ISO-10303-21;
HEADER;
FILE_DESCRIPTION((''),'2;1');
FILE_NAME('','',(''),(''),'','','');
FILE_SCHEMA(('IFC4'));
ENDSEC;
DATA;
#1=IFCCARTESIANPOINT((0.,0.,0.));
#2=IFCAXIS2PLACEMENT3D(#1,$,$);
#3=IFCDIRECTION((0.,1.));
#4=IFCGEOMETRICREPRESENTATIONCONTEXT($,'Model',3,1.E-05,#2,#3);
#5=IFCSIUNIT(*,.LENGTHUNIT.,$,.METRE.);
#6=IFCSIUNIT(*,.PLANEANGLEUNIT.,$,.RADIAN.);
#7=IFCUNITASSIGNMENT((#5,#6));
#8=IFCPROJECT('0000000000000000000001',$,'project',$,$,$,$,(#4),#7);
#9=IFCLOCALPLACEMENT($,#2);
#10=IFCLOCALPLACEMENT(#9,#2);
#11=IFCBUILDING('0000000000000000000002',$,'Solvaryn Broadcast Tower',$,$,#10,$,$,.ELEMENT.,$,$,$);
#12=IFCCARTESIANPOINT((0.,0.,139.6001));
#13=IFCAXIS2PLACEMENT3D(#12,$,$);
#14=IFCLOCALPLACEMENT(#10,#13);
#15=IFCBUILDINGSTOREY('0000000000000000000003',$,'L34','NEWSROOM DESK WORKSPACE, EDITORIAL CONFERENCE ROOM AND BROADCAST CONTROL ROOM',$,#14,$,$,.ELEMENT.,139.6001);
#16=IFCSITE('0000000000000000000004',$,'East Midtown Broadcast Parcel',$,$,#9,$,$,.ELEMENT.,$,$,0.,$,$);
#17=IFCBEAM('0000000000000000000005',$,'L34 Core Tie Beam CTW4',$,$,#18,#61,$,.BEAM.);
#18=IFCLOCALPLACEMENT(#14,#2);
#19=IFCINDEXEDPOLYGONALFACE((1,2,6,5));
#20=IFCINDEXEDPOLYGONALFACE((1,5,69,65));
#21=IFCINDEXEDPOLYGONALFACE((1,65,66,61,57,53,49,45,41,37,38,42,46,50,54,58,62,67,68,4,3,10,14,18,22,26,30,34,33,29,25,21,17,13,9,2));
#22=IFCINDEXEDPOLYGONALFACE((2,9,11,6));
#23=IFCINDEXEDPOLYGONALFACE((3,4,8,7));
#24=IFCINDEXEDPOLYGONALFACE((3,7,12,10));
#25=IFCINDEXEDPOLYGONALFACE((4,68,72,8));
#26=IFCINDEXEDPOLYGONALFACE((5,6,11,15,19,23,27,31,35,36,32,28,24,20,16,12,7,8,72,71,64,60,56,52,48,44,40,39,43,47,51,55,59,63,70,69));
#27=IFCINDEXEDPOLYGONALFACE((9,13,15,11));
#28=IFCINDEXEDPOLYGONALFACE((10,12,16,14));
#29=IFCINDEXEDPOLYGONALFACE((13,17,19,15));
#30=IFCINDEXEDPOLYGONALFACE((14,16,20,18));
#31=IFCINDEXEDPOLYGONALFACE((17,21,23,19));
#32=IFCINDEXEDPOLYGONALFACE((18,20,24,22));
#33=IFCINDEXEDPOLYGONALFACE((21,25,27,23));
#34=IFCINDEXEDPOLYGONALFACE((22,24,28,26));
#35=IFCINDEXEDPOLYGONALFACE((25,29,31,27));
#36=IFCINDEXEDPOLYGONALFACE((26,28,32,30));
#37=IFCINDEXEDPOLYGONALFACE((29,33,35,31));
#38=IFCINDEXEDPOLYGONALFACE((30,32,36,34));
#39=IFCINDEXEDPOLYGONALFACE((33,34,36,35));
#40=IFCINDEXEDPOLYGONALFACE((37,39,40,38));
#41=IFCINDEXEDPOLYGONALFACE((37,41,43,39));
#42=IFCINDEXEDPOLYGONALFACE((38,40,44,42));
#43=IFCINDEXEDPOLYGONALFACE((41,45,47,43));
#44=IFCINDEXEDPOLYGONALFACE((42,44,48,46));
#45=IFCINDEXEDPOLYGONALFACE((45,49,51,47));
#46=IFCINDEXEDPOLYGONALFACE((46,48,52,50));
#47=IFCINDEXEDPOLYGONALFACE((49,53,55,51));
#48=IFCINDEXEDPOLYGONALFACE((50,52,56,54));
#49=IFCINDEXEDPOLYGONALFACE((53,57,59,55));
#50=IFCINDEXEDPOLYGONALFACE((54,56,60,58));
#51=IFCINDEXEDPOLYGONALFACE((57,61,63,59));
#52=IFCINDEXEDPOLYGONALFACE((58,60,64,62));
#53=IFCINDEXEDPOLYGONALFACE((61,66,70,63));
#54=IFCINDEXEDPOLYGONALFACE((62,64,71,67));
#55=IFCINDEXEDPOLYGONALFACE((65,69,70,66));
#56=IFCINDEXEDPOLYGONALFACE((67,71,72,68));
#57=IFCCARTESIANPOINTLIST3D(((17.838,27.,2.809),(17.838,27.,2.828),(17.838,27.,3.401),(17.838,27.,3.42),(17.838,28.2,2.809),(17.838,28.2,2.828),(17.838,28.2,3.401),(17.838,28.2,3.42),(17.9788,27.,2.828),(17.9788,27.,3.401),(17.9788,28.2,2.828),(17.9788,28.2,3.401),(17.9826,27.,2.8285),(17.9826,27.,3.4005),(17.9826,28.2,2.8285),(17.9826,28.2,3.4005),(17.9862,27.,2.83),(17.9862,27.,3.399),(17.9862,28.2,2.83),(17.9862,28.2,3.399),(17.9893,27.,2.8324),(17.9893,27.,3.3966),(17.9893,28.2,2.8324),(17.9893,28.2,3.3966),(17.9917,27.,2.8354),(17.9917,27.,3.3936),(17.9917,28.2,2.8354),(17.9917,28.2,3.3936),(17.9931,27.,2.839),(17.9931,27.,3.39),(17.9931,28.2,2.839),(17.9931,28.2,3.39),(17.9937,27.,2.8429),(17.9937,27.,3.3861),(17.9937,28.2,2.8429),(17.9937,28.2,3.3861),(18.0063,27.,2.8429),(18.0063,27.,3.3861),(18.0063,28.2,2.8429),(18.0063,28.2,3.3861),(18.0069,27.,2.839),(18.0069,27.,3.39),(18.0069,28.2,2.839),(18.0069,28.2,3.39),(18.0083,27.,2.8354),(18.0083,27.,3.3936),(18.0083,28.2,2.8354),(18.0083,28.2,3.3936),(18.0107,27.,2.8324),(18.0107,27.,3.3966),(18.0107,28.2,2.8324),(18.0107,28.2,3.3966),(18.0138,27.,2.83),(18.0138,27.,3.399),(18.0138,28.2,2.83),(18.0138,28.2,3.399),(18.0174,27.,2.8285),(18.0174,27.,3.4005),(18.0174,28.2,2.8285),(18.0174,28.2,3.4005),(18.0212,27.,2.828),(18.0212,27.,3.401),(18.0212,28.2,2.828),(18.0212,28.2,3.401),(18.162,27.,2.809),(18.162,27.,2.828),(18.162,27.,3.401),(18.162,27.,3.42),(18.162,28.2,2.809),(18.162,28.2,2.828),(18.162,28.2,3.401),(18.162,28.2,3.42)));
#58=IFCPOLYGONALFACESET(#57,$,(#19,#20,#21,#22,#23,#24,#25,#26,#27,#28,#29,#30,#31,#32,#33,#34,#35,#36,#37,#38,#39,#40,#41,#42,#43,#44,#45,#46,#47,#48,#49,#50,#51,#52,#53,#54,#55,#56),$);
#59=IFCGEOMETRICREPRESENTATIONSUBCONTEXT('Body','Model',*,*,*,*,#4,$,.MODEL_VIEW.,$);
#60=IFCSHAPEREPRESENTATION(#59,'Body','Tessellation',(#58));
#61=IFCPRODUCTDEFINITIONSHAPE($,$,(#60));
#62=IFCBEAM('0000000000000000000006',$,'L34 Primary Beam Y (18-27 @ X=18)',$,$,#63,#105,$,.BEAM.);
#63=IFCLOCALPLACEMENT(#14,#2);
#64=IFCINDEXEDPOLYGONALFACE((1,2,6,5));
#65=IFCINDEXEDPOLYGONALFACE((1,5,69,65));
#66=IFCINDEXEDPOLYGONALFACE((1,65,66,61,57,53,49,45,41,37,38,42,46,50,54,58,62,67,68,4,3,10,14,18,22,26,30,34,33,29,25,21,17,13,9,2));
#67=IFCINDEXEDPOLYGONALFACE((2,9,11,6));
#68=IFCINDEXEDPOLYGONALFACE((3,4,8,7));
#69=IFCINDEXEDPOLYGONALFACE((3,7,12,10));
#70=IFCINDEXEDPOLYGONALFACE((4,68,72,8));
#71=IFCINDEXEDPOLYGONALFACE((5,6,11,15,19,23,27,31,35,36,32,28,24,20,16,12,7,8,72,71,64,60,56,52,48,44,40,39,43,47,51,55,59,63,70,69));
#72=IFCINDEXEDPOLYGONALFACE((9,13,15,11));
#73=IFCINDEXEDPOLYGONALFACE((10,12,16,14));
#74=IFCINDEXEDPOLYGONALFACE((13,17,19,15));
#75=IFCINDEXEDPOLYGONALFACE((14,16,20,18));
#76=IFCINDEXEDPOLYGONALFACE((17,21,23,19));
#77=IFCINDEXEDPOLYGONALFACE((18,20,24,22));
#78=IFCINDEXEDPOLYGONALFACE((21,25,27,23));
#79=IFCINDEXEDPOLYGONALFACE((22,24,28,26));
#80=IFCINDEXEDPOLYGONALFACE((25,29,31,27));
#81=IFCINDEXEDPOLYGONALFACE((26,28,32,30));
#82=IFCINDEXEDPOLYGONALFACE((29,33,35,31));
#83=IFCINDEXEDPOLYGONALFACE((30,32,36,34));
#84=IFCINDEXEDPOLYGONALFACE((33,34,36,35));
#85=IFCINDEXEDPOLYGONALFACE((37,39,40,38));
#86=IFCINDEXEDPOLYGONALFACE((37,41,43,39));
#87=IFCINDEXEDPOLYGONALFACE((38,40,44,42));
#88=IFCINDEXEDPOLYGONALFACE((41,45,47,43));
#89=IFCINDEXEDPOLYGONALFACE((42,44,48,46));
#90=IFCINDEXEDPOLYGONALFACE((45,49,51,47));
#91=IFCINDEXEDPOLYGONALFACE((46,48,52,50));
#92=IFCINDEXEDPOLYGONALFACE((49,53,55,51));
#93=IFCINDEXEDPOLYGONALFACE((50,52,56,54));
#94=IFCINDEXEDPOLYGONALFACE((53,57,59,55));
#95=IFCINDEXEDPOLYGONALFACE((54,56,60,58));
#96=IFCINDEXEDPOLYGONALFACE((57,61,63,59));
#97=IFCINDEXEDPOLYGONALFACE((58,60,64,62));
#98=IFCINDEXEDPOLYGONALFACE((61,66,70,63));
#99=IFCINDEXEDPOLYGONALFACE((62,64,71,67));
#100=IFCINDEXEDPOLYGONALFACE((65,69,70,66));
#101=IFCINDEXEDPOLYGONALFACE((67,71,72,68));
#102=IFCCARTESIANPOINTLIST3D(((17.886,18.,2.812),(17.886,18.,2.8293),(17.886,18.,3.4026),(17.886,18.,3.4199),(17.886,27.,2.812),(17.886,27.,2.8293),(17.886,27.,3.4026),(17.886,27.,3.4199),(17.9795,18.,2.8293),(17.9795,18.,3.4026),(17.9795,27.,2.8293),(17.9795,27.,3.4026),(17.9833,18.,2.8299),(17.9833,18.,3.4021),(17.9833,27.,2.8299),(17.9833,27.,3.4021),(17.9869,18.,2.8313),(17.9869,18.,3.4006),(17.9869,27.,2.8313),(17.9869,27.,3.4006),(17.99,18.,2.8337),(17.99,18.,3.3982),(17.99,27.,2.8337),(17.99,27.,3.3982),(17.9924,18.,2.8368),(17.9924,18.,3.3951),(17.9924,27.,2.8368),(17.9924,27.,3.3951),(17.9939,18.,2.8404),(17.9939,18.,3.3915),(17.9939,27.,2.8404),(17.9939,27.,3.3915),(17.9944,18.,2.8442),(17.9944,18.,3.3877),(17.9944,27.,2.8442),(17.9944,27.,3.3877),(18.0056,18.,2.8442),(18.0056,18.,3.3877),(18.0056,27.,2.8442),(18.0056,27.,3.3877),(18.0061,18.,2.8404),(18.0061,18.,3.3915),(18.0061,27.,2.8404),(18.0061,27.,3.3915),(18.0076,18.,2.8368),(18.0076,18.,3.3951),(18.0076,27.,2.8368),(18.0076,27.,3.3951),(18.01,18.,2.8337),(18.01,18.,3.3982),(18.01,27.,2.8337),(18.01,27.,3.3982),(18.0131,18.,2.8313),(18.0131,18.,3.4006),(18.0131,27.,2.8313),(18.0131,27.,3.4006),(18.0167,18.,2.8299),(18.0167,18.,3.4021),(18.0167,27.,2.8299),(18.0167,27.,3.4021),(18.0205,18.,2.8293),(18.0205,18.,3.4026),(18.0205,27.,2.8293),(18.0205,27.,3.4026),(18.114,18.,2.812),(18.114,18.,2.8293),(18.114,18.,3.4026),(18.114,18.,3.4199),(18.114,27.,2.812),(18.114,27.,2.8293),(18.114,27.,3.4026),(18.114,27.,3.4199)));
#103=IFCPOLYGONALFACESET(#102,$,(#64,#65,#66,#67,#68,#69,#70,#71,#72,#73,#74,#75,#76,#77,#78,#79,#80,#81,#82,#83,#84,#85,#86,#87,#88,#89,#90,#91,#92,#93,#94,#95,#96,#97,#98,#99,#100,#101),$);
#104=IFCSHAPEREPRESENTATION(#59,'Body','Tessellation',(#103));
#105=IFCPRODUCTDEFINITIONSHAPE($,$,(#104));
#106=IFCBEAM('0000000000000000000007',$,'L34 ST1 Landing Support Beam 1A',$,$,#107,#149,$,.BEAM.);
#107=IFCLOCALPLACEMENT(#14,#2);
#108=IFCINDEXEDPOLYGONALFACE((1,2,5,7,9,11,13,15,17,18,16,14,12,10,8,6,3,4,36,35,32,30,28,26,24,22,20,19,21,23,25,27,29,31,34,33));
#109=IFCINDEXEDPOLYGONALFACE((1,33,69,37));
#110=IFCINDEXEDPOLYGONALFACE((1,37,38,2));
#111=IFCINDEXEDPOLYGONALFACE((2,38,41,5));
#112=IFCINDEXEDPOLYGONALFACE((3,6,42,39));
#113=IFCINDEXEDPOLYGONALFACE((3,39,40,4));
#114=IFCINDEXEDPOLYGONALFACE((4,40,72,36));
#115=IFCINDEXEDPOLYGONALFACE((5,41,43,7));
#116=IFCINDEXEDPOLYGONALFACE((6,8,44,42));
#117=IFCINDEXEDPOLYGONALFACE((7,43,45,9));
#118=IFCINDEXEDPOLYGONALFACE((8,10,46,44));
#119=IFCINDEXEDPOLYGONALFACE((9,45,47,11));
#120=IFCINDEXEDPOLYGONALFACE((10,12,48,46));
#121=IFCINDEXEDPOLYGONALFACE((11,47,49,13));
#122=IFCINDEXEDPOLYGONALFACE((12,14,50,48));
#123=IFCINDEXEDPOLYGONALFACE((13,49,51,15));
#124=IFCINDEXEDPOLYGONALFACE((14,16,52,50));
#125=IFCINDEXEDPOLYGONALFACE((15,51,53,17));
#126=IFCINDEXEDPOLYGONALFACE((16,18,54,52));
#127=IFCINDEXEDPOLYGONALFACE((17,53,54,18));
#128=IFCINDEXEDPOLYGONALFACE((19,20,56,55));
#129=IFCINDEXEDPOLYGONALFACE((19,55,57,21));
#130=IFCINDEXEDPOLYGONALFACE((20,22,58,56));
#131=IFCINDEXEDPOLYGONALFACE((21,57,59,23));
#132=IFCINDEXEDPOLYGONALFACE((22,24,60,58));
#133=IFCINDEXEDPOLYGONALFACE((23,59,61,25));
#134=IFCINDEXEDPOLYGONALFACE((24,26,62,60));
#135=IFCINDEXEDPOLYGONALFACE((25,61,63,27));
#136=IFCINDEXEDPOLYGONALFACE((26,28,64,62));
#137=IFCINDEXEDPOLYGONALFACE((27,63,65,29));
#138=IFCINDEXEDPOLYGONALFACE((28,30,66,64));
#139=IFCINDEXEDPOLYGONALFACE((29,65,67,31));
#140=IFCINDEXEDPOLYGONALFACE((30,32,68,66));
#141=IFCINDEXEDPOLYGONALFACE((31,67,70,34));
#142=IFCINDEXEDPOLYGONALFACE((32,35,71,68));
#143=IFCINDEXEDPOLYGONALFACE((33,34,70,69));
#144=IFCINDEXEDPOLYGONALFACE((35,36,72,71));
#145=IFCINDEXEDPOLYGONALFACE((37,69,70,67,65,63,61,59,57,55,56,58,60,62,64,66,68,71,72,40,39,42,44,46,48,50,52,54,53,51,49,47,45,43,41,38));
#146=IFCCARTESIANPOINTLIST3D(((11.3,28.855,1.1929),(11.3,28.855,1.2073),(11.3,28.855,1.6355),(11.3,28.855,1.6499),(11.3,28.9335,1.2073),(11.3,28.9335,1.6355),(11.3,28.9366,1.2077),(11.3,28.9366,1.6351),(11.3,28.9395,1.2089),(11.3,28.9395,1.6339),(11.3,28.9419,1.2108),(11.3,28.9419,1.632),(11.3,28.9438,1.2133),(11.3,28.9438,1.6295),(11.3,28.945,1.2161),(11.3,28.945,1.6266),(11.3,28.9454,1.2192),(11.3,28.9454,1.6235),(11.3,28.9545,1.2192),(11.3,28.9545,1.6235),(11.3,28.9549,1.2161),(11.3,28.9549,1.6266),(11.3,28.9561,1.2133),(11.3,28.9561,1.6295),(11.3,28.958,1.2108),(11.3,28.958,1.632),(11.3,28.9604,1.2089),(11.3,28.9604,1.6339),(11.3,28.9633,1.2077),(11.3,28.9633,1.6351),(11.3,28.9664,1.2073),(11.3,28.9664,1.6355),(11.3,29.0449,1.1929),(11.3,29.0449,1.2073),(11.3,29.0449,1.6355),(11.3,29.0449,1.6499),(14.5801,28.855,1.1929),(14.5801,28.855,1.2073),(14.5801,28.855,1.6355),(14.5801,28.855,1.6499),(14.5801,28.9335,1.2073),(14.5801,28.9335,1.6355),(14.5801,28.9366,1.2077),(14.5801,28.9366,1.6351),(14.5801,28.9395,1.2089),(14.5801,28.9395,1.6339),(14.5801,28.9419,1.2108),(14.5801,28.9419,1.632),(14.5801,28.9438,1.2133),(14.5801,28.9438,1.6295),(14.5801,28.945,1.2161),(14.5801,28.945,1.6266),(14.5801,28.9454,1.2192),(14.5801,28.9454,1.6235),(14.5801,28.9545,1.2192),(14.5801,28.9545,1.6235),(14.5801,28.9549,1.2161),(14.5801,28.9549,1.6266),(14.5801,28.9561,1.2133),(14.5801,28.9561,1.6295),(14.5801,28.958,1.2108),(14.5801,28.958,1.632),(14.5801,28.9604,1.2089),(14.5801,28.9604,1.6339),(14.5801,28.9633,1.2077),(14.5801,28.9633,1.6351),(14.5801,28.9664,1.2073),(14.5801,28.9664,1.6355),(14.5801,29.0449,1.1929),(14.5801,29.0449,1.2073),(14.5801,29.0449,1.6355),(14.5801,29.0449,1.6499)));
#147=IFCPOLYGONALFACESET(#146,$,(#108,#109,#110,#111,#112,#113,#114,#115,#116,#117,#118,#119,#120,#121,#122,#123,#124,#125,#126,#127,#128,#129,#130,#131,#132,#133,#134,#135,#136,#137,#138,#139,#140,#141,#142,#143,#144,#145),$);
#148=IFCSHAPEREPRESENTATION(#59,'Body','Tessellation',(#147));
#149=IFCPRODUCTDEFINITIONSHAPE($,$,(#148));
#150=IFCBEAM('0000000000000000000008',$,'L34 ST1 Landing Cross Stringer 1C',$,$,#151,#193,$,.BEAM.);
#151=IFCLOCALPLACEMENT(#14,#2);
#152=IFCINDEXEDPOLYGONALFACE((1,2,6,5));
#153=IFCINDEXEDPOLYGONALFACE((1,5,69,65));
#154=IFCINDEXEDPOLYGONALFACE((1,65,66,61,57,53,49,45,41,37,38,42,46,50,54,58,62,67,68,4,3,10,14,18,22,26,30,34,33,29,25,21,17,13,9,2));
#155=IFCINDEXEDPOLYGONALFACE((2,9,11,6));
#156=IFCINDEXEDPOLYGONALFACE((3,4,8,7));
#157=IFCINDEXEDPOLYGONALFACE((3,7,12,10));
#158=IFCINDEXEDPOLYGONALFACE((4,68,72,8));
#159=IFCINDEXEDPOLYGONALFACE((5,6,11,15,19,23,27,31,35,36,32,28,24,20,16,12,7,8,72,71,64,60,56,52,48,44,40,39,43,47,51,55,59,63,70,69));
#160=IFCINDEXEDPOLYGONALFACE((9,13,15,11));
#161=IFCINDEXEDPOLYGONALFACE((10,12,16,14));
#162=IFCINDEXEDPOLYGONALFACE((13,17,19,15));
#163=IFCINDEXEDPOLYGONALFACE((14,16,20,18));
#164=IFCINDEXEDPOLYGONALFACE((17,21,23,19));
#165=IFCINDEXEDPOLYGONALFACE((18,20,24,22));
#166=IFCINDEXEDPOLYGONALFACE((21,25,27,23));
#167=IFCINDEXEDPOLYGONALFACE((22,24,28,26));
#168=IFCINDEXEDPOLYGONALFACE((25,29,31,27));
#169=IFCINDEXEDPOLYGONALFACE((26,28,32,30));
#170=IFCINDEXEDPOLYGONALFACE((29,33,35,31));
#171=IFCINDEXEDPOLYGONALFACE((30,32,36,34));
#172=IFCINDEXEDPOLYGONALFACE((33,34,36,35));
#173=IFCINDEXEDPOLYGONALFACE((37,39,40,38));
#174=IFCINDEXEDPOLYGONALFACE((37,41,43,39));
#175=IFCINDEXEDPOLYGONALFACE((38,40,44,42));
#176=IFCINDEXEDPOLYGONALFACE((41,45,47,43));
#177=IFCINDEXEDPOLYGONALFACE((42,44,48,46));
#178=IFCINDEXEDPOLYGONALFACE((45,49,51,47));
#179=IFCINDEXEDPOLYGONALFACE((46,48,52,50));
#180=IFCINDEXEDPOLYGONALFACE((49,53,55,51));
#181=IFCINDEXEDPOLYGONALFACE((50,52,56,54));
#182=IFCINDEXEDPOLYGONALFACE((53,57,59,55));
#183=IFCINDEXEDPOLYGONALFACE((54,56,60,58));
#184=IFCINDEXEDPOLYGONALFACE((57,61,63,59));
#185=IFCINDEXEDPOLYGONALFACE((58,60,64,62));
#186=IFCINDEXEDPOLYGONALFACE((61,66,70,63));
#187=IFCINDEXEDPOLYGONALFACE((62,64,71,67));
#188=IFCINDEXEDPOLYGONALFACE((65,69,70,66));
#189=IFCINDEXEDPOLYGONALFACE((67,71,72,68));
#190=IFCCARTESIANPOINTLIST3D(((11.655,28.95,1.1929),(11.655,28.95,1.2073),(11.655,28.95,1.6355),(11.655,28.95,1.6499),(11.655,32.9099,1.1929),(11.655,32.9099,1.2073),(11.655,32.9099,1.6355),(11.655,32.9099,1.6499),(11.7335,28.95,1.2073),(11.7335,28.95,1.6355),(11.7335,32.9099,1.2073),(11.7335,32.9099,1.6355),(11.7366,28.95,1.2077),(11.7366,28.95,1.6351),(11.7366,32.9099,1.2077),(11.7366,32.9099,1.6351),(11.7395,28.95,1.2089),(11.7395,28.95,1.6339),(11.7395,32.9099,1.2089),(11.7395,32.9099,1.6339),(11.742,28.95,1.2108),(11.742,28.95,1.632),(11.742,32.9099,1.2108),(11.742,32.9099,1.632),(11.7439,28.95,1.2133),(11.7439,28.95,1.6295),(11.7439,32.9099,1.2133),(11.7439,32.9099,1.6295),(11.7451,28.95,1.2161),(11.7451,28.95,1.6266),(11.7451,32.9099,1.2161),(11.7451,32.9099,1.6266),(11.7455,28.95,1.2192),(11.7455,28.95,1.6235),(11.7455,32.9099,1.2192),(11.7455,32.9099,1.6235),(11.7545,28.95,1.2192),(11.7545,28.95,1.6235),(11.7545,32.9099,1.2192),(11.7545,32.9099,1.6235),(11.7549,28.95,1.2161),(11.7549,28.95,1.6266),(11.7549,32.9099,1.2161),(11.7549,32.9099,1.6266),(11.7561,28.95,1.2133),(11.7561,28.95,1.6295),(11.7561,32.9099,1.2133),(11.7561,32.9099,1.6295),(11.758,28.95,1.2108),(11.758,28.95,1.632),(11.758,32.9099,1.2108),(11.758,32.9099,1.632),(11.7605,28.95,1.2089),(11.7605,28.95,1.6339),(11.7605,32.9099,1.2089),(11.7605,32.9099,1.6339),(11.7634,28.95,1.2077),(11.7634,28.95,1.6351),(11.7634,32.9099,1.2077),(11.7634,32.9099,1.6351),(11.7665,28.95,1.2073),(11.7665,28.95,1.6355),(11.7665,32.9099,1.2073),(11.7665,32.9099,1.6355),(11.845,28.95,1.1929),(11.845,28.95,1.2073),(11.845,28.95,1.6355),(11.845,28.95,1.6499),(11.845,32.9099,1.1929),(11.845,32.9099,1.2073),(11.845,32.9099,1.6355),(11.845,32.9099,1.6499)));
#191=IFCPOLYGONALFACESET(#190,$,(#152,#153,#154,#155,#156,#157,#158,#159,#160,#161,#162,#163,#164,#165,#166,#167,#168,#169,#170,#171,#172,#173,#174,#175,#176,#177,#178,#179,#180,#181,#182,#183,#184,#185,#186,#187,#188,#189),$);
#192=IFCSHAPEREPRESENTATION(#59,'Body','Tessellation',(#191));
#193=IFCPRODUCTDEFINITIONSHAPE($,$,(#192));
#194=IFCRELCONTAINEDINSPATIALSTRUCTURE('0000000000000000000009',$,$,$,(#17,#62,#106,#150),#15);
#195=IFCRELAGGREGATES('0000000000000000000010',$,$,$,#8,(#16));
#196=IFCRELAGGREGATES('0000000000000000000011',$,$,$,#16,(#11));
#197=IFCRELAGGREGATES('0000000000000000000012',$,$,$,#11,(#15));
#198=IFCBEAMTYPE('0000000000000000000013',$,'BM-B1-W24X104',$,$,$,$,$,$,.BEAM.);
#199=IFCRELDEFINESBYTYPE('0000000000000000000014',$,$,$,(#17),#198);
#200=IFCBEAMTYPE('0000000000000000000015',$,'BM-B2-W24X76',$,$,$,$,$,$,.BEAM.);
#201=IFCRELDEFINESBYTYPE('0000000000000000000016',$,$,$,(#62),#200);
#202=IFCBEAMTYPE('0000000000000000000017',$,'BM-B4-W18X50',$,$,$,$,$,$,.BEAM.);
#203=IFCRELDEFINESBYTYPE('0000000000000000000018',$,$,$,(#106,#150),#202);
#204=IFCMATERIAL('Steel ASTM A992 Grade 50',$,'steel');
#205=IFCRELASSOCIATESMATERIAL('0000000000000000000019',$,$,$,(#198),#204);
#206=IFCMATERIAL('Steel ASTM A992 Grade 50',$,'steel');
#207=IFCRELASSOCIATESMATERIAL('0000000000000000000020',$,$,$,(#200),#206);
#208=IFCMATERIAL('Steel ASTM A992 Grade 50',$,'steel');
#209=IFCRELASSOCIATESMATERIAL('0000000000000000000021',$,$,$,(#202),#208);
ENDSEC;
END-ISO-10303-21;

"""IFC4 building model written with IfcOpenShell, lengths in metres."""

from ifc_helpers import new_model, si_unit, direction, frame, origin, origin_2d, place, context, subcontext, project, spatial, i_section, extrude, material, material_profile, profile_set, type_object, element, save


model = new_model("IFC4")

# Units and contexts
model_context = context("Model", 3, precision=1e-05, world=origin(), true_north=direction((0.0, 1.0)))
body_context = subcontext(model_context, "Body", "Model", "MODEL_VIEW")
ifc_project = project(units=[si_unit("LENGTHUNIT", "METRE"), si_unit("PLANEANGLEUNIT", "RADIAN")], contexts=[model_context])

# Site, building, storey
site_placement = place(None, origin())
site = spatial("IfcSite", under=ifc_project, at=site_placement, Name="East Midtown Broadcast Parcel", CompositionType="ELEMENT", RefElevation=0.0)
building_placement = place(site_placement, origin())
building = spatial("IfcBuilding", under=site, at=building_placement, Name="Solvaryn Broadcast Tower", CompositionType="ELEMENT")
storey_placement = place(building_placement, frame((0.0, 0.0, 139.6001)))
storey = spatial("IfcBuildingStorey", under=building, at=storey_placement, Name="L34", Description="NEWSROOM DESK WORKSPACE, EDITORIAL CONFERENCE ROOM AND BROADCAST CONTROL ROOM", CompositionType="ELEMENT", Elevation=139.6001)

# Beams
ifc_material_1 = material(Name="Steel ASTM A992 Grade 50", Category="steel")
ifc_material_profile_1 = material_profile(ifc_material_1, i_section(OverallWidth=0.324, OverallDepth=0.6111, WebThickness=0.0127, FlangeThickness=0.019, FilletRadius=0.0149, at=origin_2d()))
ifc_profile_set_1 = profile_set([ifc_material_profile_1], Name="Steel ASTM A992 Grade 50")
beam_type_1 = type_object("IfcBeamType", Name="BM-B1-W24X104", PredefinedType="BEAM", material=ifc_profile_set_1)
beam_1_placement = place(storey_placement, frame((18.0, 27.0, 3.1145), z_axis=(0.0, 1.0, 0.0), x_axis=(-1.0, 0.0, 0.0)))
element("IfcBeam", 1, at=beam_1_placement, inside=storey, type_object=beam_type_1, Name="L34 Core Tie Beam CTW4", PredefinedType="BEAM", context=body_context, shape_type="SweptSolid", body=[
    extrude(i_section(OverallWidth=0.324, OverallDepth=0.6111, WebThickness=0.0127, FlangeThickness=0.019, FilletRadius=0.0149, at=origin_2d()), origin(), (0.0, 0.0, 1.0), 1.2),
])
ifc_material_2 = material(Name="Steel ASTM A992 Grade 50", Category="steel")
ifc_material_profile_2 = material_profile(ifc_material_2, i_section(OverallWidth=0.228, OverallDepth=0.6079, WebThickness=0.0112, FlangeThickness=0.0173, FilletRadius=0.0149, at=origin_2d()))
ifc_profile_set_2 = profile_set([ifc_material_profile_2], Name="Steel ASTM A992 Grade 50")
beam_type_2 = type_object("IfcBeamType", Name="BM-B2-W24X76", PredefinedType="BEAM", material=ifc_profile_set_2)
beam_2_placement = place(storey_placement, frame((18.0, 18.0, 3.116), z_axis=(0.0, 1.0, 0.0), x_axis=(-1.0, 0.0, 0.0)))
element("IfcBeam", 2, at=beam_2_placement, inside=storey, type_object=beam_type_2, Name="L34 Primary Beam Y (18-27 @ X=18)", PredefinedType="BEAM", context=body_context, shape_type="SweptSolid", body=[
    extrude(i_section(OverallWidth=0.228, OverallDepth=0.6079, WebThickness=0.0112, FlangeThickness=0.0173, FilletRadius=0.0149, at=origin_2d()), origin(), (0.0, 0.0, 1.0), 9.0),
])
ifc_material_3 = material(Name="Steel ASTM A992 Grade 50", Category="steel")
ifc_material_profile_3 = material_profile(ifc_material_3, i_section(OverallWidth=0.1899, OverallDepth=0.457, WebThickness=0.009, FlangeThickness=0.0144, FilletRadius=0.012, at=origin_2d()))
ifc_profile_set_3 = profile_set([ifc_material_profile_3], Name="Steel ASTM A992 Grade 50")
beam_type_3 = type_object("IfcBeamType", Name="BM-B4-W18X50", PredefinedType="BEAM", material=ifc_profile_set_3)
beam_3_placement = place(storey_placement, frame((11.3, 28.95, 1.4214), z_axis=(1.0, 0.0, 0.0), x_axis=(0.0, 1.0, 0.0)))
element("IfcBeam", 3, at=beam_3_placement, inside=storey, type_object=beam_type_3, Name="L34 ST1 Landing Support Beam 1A", PredefinedType="BEAM", context=body_context, shape_type="SweptSolid", body=[
    extrude(i_section(OverallWidth=0.1899, OverallDepth=0.457, WebThickness=0.009, FlangeThickness=0.0144, FilletRadius=0.012, at=origin_2d()), origin(), (0.0, 0.0, 1.0), 3.28),
])
beam_4_placement = place(storey_placement, frame((11.75, 28.95, 1.4214), z_axis=(0.0, 1.0, 0.0), x_axis=(-1.0, 0.0, 0.0)))
element("IfcBeam", 4, at=beam_4_placement, inside=storey, type_object=beam_type_3, Name="L34 ST1 Landing Cross Stringer 1C", PredefinedType="BEAM", context=body_context, shape_type="SweptSolid", body=[
    extrude(i_section(OverallWidth=0.1899, OverallDepth=0.457, WebThickness=0.009, FlangeThickness=0.0144, FilletRadius=0.012, at=origin_2d()), origin(), (0.0, 0.0, 1.0), 3.96),
])

save(model, "model.ifc")
